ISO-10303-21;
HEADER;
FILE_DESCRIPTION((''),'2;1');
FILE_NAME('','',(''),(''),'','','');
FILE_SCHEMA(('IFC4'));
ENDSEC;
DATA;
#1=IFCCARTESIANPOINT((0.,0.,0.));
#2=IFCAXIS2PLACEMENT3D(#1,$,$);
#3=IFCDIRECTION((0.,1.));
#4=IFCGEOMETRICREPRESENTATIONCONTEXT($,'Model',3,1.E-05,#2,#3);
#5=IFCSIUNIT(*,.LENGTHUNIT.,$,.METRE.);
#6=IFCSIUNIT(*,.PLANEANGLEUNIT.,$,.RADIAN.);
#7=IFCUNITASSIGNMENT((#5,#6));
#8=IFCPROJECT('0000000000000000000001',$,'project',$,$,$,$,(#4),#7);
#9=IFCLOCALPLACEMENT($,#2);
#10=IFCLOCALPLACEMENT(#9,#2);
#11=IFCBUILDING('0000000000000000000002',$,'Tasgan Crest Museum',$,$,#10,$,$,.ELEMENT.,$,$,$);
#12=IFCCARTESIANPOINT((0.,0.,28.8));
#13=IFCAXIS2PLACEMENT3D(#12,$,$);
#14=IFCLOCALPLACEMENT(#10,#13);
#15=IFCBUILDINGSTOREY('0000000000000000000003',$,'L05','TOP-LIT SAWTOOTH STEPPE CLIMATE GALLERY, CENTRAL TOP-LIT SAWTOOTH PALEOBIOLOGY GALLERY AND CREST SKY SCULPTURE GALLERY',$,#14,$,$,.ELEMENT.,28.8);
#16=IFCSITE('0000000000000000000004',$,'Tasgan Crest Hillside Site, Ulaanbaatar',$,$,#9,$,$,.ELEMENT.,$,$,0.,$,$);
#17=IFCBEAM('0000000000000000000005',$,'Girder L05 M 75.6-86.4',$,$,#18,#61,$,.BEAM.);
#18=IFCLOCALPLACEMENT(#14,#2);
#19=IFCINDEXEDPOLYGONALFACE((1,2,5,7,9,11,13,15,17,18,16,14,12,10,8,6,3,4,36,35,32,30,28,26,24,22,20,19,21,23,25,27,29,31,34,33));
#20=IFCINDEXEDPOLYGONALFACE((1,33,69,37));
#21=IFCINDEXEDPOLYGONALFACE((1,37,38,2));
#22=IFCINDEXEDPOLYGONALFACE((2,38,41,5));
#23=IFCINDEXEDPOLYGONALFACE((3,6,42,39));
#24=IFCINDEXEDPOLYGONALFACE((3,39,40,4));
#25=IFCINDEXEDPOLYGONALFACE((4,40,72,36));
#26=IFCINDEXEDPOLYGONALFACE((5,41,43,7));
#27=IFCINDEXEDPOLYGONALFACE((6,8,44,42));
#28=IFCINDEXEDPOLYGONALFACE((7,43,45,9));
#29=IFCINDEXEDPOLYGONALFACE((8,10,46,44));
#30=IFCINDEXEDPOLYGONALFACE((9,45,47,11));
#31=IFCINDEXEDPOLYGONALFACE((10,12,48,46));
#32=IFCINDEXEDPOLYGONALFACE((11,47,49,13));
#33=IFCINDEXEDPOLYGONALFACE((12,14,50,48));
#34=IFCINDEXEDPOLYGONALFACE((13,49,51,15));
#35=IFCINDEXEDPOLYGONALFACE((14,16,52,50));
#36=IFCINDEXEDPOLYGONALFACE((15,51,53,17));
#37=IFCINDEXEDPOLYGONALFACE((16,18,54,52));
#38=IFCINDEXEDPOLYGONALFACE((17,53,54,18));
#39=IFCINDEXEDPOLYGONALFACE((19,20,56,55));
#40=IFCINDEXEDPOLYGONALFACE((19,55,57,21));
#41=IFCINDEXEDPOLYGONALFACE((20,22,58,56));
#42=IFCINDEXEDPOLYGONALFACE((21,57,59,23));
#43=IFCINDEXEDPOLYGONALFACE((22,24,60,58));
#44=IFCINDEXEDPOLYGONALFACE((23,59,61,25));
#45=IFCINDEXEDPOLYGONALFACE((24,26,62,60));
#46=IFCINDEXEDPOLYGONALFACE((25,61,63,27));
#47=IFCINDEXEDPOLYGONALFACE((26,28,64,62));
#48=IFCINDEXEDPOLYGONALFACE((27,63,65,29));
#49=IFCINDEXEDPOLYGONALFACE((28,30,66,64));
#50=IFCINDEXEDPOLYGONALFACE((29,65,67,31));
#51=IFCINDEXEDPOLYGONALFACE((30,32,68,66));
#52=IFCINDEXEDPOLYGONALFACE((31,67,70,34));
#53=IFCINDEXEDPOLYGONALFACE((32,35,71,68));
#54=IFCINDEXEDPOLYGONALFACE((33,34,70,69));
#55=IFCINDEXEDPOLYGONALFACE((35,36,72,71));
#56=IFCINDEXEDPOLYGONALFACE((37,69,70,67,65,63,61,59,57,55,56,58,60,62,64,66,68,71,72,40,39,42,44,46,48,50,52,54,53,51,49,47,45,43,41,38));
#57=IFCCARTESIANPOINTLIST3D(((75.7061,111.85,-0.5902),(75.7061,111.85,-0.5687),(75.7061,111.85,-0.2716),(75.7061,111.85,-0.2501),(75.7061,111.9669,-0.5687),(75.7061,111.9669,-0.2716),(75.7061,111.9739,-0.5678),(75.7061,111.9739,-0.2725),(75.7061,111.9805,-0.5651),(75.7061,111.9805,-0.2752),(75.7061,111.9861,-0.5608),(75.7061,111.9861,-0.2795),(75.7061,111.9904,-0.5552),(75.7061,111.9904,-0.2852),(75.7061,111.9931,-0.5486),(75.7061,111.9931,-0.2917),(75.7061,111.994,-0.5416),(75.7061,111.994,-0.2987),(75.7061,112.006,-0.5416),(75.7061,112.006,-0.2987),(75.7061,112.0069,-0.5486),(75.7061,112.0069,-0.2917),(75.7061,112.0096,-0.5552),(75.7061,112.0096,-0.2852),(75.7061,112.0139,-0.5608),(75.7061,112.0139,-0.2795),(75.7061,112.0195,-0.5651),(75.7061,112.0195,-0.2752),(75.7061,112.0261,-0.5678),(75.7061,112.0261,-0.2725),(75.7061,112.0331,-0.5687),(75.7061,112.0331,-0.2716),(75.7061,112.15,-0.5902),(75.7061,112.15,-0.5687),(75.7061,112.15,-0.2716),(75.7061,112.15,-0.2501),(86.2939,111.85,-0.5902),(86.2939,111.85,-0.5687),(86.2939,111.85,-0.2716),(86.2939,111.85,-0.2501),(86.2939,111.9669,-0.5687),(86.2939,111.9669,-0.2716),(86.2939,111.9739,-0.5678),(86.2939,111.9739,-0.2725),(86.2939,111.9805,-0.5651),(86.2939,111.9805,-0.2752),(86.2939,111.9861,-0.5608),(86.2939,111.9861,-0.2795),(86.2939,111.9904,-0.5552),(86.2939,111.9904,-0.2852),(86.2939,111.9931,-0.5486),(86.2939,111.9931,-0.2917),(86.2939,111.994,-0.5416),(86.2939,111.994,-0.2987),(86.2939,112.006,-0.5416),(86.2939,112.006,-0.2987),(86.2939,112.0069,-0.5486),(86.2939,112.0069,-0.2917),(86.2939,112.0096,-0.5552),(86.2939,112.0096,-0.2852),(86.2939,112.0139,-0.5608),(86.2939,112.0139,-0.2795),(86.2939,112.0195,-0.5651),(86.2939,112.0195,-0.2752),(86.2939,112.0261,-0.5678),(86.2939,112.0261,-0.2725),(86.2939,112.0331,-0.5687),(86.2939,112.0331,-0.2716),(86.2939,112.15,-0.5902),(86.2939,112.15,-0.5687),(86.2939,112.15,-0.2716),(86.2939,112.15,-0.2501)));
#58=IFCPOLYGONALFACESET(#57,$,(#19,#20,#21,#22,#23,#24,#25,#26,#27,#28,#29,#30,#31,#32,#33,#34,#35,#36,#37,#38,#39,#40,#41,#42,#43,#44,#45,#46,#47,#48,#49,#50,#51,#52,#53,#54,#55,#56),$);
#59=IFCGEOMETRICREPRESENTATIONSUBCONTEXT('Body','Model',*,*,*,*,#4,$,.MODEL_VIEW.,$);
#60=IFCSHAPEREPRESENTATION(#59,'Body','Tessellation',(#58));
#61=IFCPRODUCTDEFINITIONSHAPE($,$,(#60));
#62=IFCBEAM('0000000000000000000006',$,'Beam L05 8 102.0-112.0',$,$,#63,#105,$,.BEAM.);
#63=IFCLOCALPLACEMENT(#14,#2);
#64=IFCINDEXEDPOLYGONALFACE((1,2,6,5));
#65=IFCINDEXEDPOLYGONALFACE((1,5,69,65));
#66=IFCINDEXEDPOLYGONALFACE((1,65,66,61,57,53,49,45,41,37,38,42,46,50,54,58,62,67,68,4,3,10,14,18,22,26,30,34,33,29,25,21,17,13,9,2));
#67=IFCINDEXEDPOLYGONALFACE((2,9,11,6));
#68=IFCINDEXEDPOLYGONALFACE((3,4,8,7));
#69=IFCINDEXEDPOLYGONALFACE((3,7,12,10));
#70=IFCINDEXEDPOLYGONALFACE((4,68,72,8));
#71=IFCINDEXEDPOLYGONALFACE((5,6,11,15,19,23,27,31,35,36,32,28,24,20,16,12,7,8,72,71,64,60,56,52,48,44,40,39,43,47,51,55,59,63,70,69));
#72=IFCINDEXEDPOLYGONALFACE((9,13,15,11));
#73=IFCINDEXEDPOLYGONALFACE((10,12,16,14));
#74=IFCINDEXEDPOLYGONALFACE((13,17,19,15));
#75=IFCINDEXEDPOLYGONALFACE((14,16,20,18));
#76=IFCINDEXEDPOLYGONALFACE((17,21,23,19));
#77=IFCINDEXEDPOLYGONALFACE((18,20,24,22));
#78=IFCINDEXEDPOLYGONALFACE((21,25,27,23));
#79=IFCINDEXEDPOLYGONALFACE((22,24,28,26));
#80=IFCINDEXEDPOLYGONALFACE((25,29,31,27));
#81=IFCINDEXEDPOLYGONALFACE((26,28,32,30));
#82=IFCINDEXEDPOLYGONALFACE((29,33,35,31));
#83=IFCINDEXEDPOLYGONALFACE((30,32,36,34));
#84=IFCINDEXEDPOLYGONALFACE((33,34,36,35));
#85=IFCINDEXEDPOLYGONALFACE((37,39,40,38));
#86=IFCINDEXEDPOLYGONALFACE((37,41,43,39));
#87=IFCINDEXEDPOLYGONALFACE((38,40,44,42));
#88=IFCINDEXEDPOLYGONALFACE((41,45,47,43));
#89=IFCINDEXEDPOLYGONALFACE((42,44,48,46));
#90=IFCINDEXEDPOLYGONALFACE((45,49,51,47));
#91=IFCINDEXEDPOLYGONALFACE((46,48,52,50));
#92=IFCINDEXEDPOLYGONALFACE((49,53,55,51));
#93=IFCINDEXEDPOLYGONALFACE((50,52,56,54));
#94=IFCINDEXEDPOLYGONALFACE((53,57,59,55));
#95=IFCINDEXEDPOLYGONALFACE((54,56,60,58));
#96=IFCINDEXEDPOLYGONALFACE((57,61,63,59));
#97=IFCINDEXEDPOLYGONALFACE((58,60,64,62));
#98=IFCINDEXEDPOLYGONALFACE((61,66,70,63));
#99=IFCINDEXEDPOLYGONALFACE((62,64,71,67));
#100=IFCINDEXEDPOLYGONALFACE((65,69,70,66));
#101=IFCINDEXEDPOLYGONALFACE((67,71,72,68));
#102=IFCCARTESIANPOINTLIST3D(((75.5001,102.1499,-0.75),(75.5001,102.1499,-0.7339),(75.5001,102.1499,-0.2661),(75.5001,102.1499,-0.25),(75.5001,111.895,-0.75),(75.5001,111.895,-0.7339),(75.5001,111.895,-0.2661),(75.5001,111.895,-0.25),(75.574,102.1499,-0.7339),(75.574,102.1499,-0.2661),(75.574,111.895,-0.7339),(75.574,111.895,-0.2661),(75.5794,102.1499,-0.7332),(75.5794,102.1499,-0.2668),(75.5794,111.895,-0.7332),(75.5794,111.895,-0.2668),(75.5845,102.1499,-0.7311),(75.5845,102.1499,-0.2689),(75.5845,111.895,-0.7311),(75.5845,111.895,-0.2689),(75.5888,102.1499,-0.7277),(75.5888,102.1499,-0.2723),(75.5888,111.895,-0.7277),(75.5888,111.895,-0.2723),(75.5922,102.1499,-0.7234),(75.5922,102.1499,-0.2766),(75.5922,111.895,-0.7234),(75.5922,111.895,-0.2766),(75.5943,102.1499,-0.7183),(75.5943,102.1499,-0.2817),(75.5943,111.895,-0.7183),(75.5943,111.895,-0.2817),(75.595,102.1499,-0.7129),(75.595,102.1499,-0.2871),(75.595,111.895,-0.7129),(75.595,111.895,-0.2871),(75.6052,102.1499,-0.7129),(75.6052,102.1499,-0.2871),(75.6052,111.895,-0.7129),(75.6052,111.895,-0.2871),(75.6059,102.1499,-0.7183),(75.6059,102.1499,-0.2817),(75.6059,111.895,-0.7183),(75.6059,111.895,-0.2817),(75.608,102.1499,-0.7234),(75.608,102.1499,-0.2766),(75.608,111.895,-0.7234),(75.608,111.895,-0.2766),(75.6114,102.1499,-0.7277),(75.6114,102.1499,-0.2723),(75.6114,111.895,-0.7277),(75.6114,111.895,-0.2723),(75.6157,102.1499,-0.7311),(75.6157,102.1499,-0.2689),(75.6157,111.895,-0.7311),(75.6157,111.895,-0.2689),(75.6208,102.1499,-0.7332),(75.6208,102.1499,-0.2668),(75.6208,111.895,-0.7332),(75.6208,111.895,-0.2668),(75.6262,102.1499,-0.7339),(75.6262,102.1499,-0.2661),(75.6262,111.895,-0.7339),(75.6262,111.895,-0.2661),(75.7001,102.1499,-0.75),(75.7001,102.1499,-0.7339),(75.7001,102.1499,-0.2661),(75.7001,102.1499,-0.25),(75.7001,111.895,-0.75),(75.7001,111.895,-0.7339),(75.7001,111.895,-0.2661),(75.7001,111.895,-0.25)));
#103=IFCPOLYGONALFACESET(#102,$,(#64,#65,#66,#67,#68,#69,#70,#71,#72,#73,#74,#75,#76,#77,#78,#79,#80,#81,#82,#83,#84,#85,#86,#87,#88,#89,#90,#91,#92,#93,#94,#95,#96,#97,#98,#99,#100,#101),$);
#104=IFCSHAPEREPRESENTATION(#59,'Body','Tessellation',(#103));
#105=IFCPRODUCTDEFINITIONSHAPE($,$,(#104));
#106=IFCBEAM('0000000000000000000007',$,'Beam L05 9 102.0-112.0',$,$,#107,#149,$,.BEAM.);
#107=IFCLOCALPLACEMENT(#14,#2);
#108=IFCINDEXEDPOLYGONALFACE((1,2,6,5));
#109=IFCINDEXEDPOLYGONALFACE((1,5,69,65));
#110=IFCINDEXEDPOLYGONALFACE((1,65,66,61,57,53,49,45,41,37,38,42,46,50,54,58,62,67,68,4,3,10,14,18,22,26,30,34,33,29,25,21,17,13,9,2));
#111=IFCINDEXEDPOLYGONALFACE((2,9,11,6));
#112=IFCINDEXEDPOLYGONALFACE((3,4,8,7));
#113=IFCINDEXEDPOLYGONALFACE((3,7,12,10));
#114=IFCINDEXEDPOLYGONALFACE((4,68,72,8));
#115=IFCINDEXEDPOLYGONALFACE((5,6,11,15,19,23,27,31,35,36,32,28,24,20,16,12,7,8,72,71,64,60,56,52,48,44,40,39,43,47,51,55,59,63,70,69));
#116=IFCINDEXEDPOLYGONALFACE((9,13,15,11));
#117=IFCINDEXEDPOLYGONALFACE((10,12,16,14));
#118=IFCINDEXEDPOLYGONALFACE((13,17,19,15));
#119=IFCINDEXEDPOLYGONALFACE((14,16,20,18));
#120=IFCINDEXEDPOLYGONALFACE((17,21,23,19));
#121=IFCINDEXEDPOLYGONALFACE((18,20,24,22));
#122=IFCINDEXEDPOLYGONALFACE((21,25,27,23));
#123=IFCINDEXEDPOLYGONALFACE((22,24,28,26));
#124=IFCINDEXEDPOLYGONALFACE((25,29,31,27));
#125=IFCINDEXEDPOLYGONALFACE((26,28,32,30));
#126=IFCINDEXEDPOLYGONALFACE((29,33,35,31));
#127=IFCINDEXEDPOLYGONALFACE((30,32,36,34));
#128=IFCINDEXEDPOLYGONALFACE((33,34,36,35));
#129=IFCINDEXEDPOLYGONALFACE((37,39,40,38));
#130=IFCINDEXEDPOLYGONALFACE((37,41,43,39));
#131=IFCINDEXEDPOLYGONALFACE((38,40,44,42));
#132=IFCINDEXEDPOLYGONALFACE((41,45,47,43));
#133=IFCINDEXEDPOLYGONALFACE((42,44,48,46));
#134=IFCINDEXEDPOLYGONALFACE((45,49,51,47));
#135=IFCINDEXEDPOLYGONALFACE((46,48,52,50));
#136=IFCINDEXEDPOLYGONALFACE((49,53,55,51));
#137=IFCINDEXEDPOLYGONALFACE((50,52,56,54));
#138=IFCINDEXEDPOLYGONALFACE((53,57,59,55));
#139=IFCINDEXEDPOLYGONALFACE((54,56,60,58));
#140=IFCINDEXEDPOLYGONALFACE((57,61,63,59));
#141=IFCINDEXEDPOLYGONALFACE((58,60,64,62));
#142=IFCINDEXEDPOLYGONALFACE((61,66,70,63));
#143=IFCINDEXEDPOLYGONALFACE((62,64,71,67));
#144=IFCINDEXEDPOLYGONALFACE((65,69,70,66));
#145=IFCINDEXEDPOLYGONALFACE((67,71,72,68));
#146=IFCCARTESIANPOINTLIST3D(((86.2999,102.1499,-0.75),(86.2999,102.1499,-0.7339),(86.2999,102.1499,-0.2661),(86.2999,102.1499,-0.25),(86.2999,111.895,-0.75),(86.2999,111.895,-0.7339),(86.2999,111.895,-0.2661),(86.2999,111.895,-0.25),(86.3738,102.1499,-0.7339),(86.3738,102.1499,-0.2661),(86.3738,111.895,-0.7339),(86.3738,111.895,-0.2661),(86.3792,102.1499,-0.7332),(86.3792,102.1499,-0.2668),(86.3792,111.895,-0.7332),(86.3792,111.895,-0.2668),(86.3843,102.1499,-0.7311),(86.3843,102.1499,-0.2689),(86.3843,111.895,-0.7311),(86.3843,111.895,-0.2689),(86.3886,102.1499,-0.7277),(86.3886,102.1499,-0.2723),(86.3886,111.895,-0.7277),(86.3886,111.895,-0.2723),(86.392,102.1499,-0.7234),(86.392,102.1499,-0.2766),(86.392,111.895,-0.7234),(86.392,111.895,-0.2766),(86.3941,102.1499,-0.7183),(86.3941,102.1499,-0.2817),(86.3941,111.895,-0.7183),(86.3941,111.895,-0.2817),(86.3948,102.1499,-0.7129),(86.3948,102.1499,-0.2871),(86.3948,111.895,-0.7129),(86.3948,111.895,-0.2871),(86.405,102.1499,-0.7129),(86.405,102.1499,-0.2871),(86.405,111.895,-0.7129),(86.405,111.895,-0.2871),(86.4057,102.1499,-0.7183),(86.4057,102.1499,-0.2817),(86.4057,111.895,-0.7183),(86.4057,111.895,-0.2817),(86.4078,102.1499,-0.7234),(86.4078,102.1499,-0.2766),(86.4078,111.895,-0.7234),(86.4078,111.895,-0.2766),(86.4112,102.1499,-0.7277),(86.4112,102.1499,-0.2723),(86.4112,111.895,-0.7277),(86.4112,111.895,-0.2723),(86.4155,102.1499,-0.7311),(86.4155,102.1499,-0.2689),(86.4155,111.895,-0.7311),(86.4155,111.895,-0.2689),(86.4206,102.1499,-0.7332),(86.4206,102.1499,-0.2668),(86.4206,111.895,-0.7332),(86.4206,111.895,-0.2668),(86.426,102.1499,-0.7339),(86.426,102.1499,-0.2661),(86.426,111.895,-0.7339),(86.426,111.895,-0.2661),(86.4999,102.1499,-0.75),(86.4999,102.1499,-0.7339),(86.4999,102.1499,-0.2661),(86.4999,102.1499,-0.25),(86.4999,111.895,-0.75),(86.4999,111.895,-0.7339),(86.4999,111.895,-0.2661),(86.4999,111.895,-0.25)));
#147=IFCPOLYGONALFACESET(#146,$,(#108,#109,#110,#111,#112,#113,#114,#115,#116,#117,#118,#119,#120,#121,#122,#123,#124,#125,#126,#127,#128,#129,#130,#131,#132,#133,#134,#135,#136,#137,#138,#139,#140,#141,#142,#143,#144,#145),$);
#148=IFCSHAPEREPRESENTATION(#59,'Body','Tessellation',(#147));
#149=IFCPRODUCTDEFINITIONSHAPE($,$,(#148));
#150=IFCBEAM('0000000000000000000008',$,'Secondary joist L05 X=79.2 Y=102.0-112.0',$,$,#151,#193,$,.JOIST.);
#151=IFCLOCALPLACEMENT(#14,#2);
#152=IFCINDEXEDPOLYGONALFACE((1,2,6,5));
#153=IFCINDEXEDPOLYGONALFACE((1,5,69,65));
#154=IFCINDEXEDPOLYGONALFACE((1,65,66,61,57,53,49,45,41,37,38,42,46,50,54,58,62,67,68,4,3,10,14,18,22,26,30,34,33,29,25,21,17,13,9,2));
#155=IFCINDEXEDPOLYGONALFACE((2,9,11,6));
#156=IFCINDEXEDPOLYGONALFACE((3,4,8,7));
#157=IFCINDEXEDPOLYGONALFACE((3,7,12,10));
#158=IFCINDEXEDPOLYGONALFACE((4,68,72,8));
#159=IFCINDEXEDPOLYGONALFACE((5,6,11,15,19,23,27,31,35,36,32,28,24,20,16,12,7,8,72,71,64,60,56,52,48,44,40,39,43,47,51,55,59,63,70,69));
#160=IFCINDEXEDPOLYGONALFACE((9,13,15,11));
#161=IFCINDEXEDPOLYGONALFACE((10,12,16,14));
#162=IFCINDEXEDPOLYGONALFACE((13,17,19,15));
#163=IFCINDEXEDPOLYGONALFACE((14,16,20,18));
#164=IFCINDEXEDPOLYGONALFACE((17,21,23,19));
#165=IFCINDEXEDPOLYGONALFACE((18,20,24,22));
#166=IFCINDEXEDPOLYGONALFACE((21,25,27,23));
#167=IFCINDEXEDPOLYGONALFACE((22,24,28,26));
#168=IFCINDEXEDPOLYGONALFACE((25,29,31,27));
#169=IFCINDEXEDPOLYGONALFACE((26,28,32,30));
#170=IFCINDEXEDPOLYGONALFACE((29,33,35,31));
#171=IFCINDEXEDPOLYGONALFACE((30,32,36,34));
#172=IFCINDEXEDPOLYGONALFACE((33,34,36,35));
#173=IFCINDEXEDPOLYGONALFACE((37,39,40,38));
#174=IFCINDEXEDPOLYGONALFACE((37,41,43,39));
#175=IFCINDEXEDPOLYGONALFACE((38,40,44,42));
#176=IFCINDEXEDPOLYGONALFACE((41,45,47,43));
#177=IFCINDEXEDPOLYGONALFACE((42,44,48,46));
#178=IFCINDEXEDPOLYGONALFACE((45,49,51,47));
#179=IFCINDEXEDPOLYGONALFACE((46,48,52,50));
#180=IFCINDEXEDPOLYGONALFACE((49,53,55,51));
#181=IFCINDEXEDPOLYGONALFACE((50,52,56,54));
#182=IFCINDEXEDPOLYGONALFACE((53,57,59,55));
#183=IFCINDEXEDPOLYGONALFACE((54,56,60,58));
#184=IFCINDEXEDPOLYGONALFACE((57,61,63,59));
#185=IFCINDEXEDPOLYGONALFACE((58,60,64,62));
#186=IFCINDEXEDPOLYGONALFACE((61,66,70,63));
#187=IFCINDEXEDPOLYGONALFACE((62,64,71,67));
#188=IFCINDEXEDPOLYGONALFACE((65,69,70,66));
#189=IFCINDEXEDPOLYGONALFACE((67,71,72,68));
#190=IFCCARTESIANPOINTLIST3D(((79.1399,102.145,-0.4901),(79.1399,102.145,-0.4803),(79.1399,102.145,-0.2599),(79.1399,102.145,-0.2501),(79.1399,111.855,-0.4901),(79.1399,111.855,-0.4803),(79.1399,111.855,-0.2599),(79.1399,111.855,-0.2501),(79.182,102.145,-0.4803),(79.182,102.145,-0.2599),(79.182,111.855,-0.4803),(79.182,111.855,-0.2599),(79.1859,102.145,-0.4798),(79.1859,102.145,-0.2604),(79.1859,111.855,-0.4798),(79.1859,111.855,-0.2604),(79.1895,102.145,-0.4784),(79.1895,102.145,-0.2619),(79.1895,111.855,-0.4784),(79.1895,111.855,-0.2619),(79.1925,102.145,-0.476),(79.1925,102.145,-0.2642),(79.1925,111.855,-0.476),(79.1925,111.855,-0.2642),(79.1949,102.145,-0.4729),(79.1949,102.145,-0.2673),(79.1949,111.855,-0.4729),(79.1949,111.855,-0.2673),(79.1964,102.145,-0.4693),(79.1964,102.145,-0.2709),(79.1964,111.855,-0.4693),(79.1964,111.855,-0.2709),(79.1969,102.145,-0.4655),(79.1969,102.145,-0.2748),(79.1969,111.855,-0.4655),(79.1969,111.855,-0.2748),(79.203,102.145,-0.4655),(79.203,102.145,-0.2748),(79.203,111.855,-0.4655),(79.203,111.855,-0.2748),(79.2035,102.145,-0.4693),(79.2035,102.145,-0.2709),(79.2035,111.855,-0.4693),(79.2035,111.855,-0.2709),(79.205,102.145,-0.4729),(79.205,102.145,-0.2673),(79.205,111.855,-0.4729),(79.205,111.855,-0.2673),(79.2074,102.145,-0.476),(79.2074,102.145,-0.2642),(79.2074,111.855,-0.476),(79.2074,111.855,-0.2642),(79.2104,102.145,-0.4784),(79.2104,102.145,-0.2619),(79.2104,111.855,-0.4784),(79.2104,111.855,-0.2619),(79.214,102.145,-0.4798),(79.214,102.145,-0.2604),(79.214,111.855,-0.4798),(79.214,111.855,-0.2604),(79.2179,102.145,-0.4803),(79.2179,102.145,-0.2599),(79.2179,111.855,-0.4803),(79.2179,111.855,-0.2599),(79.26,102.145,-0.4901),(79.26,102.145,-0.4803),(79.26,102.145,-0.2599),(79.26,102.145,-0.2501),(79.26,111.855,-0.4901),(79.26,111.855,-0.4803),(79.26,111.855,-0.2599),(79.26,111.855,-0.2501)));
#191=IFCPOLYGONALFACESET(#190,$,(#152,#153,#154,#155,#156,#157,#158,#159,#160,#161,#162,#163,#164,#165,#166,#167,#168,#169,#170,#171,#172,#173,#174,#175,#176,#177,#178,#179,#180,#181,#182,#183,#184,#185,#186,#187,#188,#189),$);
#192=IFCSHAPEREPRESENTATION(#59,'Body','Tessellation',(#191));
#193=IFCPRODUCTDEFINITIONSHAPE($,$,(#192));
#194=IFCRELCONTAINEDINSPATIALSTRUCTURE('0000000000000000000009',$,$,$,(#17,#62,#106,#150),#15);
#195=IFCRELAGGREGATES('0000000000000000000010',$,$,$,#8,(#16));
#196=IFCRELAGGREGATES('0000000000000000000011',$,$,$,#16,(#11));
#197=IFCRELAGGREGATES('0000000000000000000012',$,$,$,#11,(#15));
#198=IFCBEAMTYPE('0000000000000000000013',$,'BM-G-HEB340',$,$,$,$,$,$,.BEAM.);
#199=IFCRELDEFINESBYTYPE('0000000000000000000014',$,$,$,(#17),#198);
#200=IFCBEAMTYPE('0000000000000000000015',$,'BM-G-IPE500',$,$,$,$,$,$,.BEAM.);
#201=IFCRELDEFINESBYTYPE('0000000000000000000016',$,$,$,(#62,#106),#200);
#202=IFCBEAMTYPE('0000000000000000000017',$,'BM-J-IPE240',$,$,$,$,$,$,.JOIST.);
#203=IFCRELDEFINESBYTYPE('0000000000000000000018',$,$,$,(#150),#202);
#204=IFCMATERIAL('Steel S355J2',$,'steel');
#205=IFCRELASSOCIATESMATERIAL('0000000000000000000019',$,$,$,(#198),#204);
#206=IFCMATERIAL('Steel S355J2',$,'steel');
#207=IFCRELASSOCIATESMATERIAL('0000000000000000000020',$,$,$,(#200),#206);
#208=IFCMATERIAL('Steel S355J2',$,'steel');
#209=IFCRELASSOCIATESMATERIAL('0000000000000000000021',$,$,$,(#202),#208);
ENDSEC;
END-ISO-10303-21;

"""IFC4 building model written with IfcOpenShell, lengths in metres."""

from ifc_helpers import new_model, si_unit, direction, frame, origin, origin_2d, place, context, subcontext, project, spatial, i_section, extrude, material, material_profile, profile_set, type_object, element, save


model = new_model("IFC4")

# Units and contexts
model_context = context("Model", 3, precision=1e-05, world=origin(), true_north=direction((0.0, 1.0)))
body_context = subcontext(model_context, "Body", "Model", "MODEL_VIEW")
ifc_project = project(units=[si_unit("LENGTHUNIT", "METRE"), si_unit("PLANEANGLEUNIT", "RADIAN")], contexts=[model_context])

# Site, building, storey
site_placement = place(None, origin())
site = spatial("IfcSite", under=ifc_project, at=site_placement, Name="Tasgan Crest Hillside Site, Ulaanbaatar", CompositionType="ELEMENT", RefElevation=0.0)
building_placement = place(site_placement, origin())
building = spatial("IfcBuilding", under=site, at=building_placement, Name="Tasgan Crest Museum", CompositionType="ELEMENT")
storey_placement = place(building_placement, frame((0.0, 0.0, 28.8)))
storey = spatial("IfcBuildingStorey", under=building, at=storey_placement, Name="L05", Description="TOP-LIT SAWTOOTH STEPPE CLIMATE GALLERY, CENTRAL TOP-LIT SAWTOOTH PALEOBIOLOGY GALLERY AND CREST SKY SCULPTURE GALLERY", CompositionType="ELEMENT", Elevation=28.8)

# Beams
ifc_material_1 = material(Name="Steel S355J2", Category="steel")
ifc_material_profile_1 = material_profile(ifc_material_1, i_section(OverallWidth=0.3, OverallDepth=0.3401, WebThickness=0.012, FlangeThickness=0.0215, FilletRadius=0.0271, at=origin_2d()), Name="HEB 340")
ifc_profile_set_1 = profile_set([ifc_material_profile_1], Name="Steel S355J2")
beam_type_1 = type_object("IfcBeamType", Name="BM-G-HEB340", PredefinedType="BEAM", material=ifc_profile_set_1)
beam_1_placement = place(storey_placement, frame((75.7061, 112.0, -0.4202), z_axis=(1.0, 0.0, 0.0), x_axis=(0.0, 1.0, 0.0)))
element("IfcBeam", 1, at=beam_1_placement, inside=storey, type_object=beam_type_1, Name="Girder L05 M 75.6-86.4", PredefinedType="BEAM", context=body_context, shape_type="SweptSolid", body=[
    extrude(i_section(OverallWidth=0.3, OverallDepth=0.3401, WebThickness=0.012, FlangeThickness=0.0215, FilletRadius=0.0271, at=origin_2d()), origin(), (0.0, 0.0, 1.0), 10.5879),
])
ifc_material_2 = material(Name="Steel S355J2", Category="steel")
ifc_material_profile_2 = material_profile(ifc_material_2, i_section(OverallWidth=0.2, OverallDepth=0.5, WebThickness=0.0103, FlangeThickness=0.0161, FilletRadius=0.021, at=origin_2d()), Name="IPE 500")
ifc_profile_set_2 = profile_set([ifc_material_profile_2], Name="Steel S355J2")
beam_type_2 = type_object("IfcBeamType", Name="BM-G-IPE500", PredefinedType="BEAM", material=ifc_profile_set_2)
for number, where, z_axis, x_axis, name in (
    (2, (75.6001, 102.1499, -0.5), (0.0, 1.0, 0.0), (-1.0, 0.0, 0.0), "Beam L05 8 102.0-112.0"),
    (3, (86.3999, 102.1499, -0.5), (0.0, 1.0, 0.0), (-1.0, 0.0, 0.0), "Beam L05 9 102.0-112.0"),
):
    element("IfcBeam", number, at=place(storey_placement, frame(where, z_axis=z_axis, x_axis=x_axis)), inside=storey, type_object=beam_type_2, Name=name, PredefinedType="BEAM", context=body_context, shape_type="SweptSolid", body=[
        extrude(i_section(OverallWidth=0.2, OverallDepth=0.5, WebThickness=0.0103, FlangeThickness=0.0161, FilletRadius=0.021, at=origin_2d()), origin(), (0.0, 0.0, 1.0), 9.7451),
    ])
ifc_material_3 = material(Name="Steel S355J2", Category="steel")
ifc_material_profile_3 = material_profile(ifc_material_3, i_section(OverallWidth=0.1201, OverallDepth=0.24, WebThickness=0.0061, FlangeThickness=0.0098, FilletRadius=0.0149, at=origin_2d()), Name="IPE 240")
ifc_profile_set_3 = profile_set([ifc_material_profile_3], Name="Steel S355J2")
beam_type_3 = type_object("IfcBeamType", Name="BM-J-IPE240", PredefinedType="JOIST", material=ifc_profile_set_3)
for number, where, z_axis, x_axis, name in (
    (4, (79.2, 102.145, -0.3701), (0.0, 1.0, 0.0), (-1.0, 0.0, 0.0), "Secondary joist L05 X=79.2 Y=102.0-112.0"),
):
    element("IfcBeam", number, at=place(storey_placement, frame(where, z_axis=z_axis, x_axis=x_axis)), inside=storey, type_object=beam_type_3, Name=name, PredefinedType="JOIST", context=body_context, shape_type="SweptSolid", body=[
        extrude(i_section(OverallWidth=0.1201, OverallDepth=0.24, WebThickness=0.0061, FlangeThickness=0.0098, FilletRadius=0.0149, at=origin_2d()), origin(), (0.0, 0.0, 1.0), 9.71),
    ])

save(model, "model.ifc")
